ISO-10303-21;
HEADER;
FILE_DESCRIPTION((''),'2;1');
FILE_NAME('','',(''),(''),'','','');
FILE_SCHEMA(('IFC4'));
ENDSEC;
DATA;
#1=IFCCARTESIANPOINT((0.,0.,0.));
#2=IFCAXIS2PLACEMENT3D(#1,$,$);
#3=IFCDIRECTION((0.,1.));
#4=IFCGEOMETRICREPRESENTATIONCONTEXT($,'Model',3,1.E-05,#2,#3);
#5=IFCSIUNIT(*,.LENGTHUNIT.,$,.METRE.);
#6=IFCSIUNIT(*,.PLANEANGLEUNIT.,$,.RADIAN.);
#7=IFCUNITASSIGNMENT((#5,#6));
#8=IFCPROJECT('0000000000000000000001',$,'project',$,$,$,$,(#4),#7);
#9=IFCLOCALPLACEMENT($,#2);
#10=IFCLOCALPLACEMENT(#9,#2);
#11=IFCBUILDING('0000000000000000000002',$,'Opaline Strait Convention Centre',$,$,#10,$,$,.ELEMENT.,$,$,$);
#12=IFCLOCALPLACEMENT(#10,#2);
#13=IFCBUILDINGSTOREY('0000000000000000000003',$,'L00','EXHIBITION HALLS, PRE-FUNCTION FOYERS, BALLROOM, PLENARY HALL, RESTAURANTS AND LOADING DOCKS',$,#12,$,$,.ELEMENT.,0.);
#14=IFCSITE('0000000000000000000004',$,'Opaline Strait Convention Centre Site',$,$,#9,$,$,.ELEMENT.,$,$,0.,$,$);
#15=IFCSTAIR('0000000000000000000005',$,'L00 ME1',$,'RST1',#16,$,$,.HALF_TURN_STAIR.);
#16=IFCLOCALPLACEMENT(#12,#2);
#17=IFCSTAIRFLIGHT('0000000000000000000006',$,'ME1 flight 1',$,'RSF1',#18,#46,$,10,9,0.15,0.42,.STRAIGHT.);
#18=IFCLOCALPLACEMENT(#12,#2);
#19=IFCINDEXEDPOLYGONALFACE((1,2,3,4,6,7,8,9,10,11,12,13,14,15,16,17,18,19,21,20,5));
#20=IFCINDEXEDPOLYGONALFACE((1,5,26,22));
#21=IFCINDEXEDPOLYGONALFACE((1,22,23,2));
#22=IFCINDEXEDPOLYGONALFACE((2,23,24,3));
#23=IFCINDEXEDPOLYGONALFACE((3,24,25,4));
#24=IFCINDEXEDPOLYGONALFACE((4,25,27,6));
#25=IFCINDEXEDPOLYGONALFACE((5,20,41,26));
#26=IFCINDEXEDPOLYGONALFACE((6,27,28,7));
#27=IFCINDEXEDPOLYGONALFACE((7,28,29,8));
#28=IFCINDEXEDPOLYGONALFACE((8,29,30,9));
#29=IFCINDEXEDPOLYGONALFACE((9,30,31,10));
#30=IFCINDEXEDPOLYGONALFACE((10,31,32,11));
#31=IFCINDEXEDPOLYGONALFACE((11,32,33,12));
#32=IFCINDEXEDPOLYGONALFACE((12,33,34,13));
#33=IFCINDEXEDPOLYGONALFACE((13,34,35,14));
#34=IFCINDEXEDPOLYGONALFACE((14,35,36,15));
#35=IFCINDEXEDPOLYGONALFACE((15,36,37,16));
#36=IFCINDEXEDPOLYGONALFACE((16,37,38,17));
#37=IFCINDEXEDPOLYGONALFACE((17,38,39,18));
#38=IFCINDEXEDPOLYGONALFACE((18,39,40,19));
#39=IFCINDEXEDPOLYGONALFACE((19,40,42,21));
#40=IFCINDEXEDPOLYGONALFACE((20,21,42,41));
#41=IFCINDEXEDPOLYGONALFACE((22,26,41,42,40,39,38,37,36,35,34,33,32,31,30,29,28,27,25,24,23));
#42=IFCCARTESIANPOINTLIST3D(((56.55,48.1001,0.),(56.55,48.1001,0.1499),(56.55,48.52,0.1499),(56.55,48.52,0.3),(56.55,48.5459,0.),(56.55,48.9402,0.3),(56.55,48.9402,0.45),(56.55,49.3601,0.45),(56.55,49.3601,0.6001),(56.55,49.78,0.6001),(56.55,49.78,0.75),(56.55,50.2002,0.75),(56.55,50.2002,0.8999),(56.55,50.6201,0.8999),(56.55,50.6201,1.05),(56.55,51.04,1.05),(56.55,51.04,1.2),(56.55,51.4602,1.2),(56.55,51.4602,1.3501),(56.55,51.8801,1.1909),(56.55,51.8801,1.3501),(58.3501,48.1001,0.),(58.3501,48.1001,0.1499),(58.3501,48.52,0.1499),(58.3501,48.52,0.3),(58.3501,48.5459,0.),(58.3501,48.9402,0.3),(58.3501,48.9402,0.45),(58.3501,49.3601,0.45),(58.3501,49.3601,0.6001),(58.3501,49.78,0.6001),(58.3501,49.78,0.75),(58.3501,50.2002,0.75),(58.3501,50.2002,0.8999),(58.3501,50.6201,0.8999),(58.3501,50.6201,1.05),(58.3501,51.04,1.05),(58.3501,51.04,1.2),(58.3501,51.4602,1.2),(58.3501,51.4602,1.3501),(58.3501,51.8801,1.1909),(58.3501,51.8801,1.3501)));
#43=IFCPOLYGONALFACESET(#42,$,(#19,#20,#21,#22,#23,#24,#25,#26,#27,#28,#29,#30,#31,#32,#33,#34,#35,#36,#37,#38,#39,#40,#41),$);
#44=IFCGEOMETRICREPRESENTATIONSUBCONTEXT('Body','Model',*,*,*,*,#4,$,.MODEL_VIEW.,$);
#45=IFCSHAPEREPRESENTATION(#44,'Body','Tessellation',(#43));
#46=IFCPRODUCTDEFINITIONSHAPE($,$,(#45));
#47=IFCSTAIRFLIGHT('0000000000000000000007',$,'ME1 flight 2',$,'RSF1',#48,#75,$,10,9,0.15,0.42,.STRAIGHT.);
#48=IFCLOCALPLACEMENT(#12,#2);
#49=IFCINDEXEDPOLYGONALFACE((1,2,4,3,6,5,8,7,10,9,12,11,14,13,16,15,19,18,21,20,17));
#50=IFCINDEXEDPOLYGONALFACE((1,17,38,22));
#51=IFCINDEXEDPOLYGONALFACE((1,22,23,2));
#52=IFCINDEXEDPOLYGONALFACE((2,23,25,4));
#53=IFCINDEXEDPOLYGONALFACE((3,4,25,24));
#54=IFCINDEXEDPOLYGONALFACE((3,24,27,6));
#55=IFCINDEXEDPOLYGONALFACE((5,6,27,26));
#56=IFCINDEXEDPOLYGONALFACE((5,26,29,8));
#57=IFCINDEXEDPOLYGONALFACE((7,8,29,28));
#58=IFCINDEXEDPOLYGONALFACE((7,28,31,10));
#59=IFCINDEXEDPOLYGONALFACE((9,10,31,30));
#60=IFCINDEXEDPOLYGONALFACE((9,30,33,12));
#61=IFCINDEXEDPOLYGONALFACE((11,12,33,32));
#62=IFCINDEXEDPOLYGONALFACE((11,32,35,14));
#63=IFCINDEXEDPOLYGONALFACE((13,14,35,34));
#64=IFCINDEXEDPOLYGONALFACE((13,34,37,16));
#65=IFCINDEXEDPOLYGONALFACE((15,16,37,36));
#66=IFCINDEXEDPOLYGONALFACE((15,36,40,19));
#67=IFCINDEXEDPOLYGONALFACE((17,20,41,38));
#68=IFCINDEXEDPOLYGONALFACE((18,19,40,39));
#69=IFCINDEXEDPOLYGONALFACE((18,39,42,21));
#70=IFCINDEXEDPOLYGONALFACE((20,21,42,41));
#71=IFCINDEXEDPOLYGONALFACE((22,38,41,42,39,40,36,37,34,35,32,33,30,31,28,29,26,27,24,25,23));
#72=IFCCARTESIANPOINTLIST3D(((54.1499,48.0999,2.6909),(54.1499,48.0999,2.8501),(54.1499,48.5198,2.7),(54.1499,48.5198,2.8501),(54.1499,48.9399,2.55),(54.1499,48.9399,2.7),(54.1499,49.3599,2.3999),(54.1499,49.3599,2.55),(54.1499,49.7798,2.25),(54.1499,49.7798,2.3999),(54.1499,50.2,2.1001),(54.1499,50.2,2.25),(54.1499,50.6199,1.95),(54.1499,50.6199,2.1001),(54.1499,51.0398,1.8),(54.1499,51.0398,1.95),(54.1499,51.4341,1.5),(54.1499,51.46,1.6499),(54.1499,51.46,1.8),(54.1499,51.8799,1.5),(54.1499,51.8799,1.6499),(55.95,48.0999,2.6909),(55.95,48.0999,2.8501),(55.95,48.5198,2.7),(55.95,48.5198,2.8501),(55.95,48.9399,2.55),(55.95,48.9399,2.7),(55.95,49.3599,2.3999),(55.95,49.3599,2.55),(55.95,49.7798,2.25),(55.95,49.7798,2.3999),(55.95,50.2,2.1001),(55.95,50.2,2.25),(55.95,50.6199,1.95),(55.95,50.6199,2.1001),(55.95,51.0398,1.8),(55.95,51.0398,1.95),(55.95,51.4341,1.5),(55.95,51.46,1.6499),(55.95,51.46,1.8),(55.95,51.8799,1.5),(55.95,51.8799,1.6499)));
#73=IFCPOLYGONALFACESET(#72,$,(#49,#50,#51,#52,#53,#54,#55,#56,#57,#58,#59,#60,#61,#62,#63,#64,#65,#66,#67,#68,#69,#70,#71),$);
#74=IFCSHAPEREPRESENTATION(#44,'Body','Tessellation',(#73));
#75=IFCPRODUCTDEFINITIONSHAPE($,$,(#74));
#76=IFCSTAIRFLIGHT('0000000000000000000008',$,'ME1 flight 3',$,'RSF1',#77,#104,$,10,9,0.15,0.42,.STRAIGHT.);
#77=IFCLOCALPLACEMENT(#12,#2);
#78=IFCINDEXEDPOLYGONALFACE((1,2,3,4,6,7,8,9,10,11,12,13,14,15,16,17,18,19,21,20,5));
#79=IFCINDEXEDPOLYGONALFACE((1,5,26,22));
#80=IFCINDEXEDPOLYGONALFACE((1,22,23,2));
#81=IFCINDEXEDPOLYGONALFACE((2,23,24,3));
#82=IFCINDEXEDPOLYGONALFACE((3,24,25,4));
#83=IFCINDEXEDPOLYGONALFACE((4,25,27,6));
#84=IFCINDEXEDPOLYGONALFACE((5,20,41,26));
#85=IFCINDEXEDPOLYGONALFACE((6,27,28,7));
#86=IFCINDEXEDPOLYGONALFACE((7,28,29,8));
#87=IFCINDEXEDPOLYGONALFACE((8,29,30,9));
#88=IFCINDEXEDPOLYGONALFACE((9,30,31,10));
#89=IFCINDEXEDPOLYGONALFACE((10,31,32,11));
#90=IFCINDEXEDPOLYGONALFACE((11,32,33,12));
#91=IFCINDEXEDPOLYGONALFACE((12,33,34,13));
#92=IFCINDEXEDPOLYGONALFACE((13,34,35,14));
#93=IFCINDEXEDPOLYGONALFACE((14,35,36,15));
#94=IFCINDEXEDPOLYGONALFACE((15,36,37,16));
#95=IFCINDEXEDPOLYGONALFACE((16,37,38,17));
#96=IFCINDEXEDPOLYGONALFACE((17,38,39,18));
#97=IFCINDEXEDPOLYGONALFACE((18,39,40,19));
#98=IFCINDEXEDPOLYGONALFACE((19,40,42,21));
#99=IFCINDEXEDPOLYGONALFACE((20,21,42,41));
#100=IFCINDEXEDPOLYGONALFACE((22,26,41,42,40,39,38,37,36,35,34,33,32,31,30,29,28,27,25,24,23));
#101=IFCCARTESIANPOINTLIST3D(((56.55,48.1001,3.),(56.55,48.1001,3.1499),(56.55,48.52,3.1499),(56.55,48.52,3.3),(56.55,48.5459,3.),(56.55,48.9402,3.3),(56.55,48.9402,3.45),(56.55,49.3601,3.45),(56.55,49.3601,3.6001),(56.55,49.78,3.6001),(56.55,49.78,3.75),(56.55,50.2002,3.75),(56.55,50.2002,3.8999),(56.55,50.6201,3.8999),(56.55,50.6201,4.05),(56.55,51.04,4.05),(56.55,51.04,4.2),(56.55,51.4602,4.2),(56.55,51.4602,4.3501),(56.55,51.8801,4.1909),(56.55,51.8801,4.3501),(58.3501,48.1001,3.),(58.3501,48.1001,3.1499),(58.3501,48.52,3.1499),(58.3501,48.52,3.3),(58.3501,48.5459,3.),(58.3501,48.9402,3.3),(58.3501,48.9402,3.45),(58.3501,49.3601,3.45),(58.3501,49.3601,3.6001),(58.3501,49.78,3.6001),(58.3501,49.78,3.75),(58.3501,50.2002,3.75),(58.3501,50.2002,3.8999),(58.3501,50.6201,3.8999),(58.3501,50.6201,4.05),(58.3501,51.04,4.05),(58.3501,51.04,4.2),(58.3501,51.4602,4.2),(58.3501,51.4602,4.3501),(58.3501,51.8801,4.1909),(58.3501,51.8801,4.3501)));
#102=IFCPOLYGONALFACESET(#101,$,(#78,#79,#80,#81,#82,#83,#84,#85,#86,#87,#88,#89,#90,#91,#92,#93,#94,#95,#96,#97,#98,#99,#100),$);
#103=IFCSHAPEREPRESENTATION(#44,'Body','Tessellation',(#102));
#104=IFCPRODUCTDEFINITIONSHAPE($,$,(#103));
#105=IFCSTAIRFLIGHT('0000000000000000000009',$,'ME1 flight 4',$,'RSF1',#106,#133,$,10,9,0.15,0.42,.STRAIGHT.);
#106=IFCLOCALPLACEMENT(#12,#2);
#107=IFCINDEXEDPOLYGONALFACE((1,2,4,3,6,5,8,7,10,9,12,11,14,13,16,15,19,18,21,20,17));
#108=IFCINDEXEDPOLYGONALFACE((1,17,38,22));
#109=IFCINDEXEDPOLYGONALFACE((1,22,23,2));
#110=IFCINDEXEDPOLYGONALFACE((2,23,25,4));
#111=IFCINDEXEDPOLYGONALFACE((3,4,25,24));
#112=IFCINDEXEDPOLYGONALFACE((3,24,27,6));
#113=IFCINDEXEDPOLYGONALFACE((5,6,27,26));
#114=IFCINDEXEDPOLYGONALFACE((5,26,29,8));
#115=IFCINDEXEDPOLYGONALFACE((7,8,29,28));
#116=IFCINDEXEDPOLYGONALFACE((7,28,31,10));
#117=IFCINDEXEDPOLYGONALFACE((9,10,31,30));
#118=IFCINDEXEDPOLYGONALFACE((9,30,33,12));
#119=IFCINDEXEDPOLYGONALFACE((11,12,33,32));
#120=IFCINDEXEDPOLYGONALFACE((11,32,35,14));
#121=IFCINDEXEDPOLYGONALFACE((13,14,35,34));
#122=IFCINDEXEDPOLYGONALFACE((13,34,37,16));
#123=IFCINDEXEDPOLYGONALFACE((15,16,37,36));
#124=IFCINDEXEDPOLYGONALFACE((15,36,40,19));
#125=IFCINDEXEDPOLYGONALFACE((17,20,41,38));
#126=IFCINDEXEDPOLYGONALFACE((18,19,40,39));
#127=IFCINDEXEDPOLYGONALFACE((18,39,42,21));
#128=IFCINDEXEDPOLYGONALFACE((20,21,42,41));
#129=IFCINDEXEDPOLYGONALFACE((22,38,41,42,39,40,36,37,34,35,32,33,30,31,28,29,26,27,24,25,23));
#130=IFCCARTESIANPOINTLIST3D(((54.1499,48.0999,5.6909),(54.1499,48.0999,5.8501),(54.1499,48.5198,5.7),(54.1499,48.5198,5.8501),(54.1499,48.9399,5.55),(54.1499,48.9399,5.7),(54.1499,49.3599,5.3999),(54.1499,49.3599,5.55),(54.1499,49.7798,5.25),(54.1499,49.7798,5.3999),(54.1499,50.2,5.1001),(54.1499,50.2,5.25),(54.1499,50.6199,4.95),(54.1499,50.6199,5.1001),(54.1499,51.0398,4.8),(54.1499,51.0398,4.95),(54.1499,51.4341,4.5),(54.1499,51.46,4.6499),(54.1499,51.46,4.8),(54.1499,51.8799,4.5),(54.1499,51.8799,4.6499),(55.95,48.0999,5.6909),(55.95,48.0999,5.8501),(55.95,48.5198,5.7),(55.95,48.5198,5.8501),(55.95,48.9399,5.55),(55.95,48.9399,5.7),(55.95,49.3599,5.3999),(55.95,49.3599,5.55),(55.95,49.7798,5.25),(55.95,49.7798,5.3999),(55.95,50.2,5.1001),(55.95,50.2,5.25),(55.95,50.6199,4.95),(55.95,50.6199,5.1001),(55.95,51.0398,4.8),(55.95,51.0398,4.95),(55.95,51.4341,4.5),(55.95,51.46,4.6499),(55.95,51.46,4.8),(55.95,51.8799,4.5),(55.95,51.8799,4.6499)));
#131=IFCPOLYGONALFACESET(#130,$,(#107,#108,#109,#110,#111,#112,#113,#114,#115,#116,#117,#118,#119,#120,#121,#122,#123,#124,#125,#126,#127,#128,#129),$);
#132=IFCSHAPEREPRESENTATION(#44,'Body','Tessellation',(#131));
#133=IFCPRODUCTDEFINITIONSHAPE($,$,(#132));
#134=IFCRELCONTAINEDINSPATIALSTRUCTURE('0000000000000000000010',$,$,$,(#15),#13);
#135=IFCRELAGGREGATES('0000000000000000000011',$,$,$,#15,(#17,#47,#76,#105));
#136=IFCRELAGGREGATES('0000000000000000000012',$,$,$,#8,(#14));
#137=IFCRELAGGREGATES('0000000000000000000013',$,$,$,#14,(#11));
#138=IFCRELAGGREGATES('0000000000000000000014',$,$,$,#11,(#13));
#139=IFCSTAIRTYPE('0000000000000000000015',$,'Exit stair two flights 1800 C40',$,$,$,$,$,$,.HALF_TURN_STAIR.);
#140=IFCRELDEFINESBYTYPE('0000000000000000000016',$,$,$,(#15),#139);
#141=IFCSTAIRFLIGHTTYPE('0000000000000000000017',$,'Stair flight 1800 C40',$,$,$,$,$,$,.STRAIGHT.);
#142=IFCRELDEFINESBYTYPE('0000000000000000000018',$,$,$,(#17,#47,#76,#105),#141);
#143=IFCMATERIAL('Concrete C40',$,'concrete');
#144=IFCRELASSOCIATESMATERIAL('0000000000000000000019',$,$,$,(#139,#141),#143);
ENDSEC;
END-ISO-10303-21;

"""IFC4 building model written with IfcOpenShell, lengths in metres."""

from ifc_helpers import new_model, si_unit, direction, frame, origin, place, context, subcontext, project, spatial, polyline, outline, extrude, material, type_object, element, aggregate, save


model = new_model("IFC4")

# Units and contexts
model_context = context("Model", 3, precision=1e-05, world=origin(), true_north=direction((0.0, 1.0)))
body_context = subcontext(model_context, "Body", "Model", "MODEL_VIEW")
ifc_project = project(units=[si_unit("LENGTHUNIT", "METRE"), si_unit("PLANEANGLEUNIT", "RADIAN")], contexts=[model_context])

# Site, building, storey
site_placement = place(None, origin())
site = spatial("IfcSite", under=ifc_project, at=site_placement, Name="Opaline Strait Convention Centre Site", CompositionType="ELEMENT", RefElevation=0.0)
building_placement = place(site_placement, origin())
building = spatial("IfcBuilding", under=site, at=building_placement, Name="Opaline Strait Convention Centre", CompositionType="ELEMENT")
storey_placement = place(building_placement, origin())
storey = spatial("IfcBuildingStorey", under=building, at=storey_placement, Name="L00", Description="EXHIBITION HALLS, PRE-FUNCTION FOYERS, BALLROOM, PLENARY HALL, RESTAURANTS AND LOADING DOCKS", CompositionType="ELEMENT", Elevation=0.0)

# Shared definitions
ifc_material_1 = material(Name="Concrete C40", Category="concrete")

# Stair, stair flights
stair_type = type_object("IfcStairType", Name="Exit stair two flights 1800 C40", PredefinedType="HALF_TURN_STAIR", material=ifc_material_1)
stair_placement = place(storey_placement, origin())
stair = element("IfcStair", 1, at=stair_placement, inside=storey, type_object=stair_type, Name="L00 ME1", ObjectType="RST1", PredefinedType="HALF_TURN_STAIR")
stair_flight_type = type_object("IfcStairFlightType", Name="Stair flight 1800 C40", PredefinedType="STRAIGHT", material=ifc_material_1)
stair_flight_1_placement = place(storey_placement, frame((57.45, 48.1001, 0.0), z_axis=(0.0, 0.0, 1.0), x_axis=(0.0, 1.0, 0.0)))
stair_flight_1 = element("IfcStairFlight", 2, at=stair_flight_1_placement, type_object=stair_flight_type, Name="ME1 flight 1", ObjectType="RSF1", NumberOfRisers=10, NumberOfTreads=9, PredefinedType="STRAIGHT", RiserHeight=0.15, TreadLength=0.42, context=body_context, shape_type="SweptSolid", body=[
    extrude(outline(polyline([(0.0, 0.0), (0.0, 0.1499), (0.4199, 0.1499), (0.4199, 0.3), (0.8401, 0.3), (0.8401, 0.45), (1.26, 0.45), (1.26, 0.6001), (1.6799, 0.6001), (1.6799, 0.75), (2.1001, 0.75), (2.1001, 0.8999), (2.52, 0.8999), (2.52, 1.05), (2.9399, 1.05), (2.9399, 1.2), (3.3601, 1.2), (3.3601, 1.3501), (3.78, 1.3501), (3.78, 1.5), (3.78, 1.1909), (0.4458, 0.0), (0.0, 0.0)])), frame((0.0, 0.8999, 0.0), z_axis=(0.0, -1.0, 0.0), x_axis=(1.0, 0.0, 0.0)), (0.0, 0.0, 1.0), 1.8),
])
stair_flight_2_placement = place(storey_placement, frame((55.05, 51.8799, 1.5), z_axis=(0.0, 0.0, 1.0), x_axis=(0.0, -1.0, 0.0)))
stair_flight_2 = element("IfcStairFlight", 3, at=stair_flight_2_placement, type_object=stair_flight_type, Name="ME1 flight 2", ObjectType="RSF1", NumberOfRisers=10, NumberOfTreads=9, PredefinedType="STRAIGHT", RiserHeight=0.15, TreadLength=0.42, context=body_context, shape_type="SweptSolid", body=[
    extrude(outline(polyline([(0.0, 0.0), (0.0, 0.1499), (0.4199, 0.1499), (0.4199, 0.3), (0.8401, 0.3), (0.8401, 0.45), (1.26, 0.45), (1.26, 0.6001), (1.6799, 0.6001), (1.6799, 0.75), (2.1001, 0.75), (2.1001, 0.8999), (2.52, 0.8999), (2.52, 1.05), (2.9399, 1.05), (2.9399, 1.2), (3.3601, 1.2), (3.3601, 1.3501), (3.78, 1.3501), (3.78, 1.5), (3.78, 1.1909), (0.4458, 0.0), (0.0, 0.0)])), frame((0.0, 0.8999, 0.0), z_axis=(0.0, -1.0, 0.0), x_axis=(1.0, 0.0, 0.0)), (0.0, 0.0, 1.0), 1.8),
])
stair_flight_3_placement = place(storey_placement, frame((57.45, 48.1001, 3.0), z_axis=(0.0, 0.0, 1.0), x_axis=(0.0, 1.0, 0.0)))
stair_flight_3 = element("IfcStairFlight", 4, at=stair_flight_3_placement, type_object=stair_flight_type, Name="ME1 flight 3", ObjectType="RSF1", NumberOfRisers=10, NumberOfTreads=9, PredefinedType="STRAIGHT", RiserHeight=0.15, TreadLength=0.42, context=body_context, shape_type="SweptSolid", body=[
    extrude(outline(polyline([(0.0, 0.0), (0.0, 0.1499), (0.4199, 0.1499), (0.4199, 0.3), (0.8401, 0.3), (0.8401, 0.45), (1.26, 0.45), (1.26, 0.6001), (1.6799, 0.6001), (1.6799, 0.75), (2.1001, 0.75), (2.1001, 0.8999), (2.52, 0.8999), (2.52, 1.05), (2.9399, 1.05), (2.9399, 1.2), (3.3601, 1.2), (3.3601, 1.3501), (3.78, 1.3501), (3.78, 1.5), (3.78, 1.1909), (0.4458, 0.0), (0.0, 0.0)])), frame((0.0, 0.8999, 0.0), z_axis=(0.0, -1.0, 0.0), x_axis=(1.0, 0.0, 0.0)), (0.0, 0.0, 1.0), 1.8),
])
stair_flight_4_placement = place(storey_placement, frame((55.05, 51.8799, 4.5), z_axis=(0.0, 0.0, 1.0), x_axis=(0.0, -1.0, 0.0)))
stair_flight_4 = element("IfcStairFlight", 5, at=stair_flight_4_placement, type_object=stair_flight_type, Name="ME1 flight 4", ObjectType="RSF1", NumberOfRisers=10, NumberOfTreads=9, PredefinedType="STRAIGHT", RiserHeight=0.15, TreadLength=0.42, context=body_context, shape_type="SweptSolid", body=[
    extrude(outline(polyline([(0.0, 0.0), (0.0, 0.1499), (0.4199, 0.1499), (0.4199, 0.3), (0.8401, 0.3), (0.8401, 0.45), (1.26, 0.45), (1.26, 0.6001), (1.6799, 0.6001), (1.6799, 0.75), (2.1001, 0.75), (2.1001, 0.8999), (2.52, 0.8999), (2.52, 1.05), (2.9399, 1.05), (2.9399, 1.2), (3.3601, 1.2), (3.3601, 1.3501), (3.78, 1.3501), (3.78, 1.5), (3.78, 1.1909), (0.4458, 0.0), (0.0, 0.0)])), frame((0.0, 0.8999, 0.0), z_axis=(0.0, -1.0, 0.0), x_axis=(1.0, 0.0, 0.0)), (0.0, 0.0, 1.0), 1.8),
])
aggregate(stair, [stair_flight_1, stair_flight_2, stair_flight_3, stair_flight_4])

save(model, "model.ifc")
